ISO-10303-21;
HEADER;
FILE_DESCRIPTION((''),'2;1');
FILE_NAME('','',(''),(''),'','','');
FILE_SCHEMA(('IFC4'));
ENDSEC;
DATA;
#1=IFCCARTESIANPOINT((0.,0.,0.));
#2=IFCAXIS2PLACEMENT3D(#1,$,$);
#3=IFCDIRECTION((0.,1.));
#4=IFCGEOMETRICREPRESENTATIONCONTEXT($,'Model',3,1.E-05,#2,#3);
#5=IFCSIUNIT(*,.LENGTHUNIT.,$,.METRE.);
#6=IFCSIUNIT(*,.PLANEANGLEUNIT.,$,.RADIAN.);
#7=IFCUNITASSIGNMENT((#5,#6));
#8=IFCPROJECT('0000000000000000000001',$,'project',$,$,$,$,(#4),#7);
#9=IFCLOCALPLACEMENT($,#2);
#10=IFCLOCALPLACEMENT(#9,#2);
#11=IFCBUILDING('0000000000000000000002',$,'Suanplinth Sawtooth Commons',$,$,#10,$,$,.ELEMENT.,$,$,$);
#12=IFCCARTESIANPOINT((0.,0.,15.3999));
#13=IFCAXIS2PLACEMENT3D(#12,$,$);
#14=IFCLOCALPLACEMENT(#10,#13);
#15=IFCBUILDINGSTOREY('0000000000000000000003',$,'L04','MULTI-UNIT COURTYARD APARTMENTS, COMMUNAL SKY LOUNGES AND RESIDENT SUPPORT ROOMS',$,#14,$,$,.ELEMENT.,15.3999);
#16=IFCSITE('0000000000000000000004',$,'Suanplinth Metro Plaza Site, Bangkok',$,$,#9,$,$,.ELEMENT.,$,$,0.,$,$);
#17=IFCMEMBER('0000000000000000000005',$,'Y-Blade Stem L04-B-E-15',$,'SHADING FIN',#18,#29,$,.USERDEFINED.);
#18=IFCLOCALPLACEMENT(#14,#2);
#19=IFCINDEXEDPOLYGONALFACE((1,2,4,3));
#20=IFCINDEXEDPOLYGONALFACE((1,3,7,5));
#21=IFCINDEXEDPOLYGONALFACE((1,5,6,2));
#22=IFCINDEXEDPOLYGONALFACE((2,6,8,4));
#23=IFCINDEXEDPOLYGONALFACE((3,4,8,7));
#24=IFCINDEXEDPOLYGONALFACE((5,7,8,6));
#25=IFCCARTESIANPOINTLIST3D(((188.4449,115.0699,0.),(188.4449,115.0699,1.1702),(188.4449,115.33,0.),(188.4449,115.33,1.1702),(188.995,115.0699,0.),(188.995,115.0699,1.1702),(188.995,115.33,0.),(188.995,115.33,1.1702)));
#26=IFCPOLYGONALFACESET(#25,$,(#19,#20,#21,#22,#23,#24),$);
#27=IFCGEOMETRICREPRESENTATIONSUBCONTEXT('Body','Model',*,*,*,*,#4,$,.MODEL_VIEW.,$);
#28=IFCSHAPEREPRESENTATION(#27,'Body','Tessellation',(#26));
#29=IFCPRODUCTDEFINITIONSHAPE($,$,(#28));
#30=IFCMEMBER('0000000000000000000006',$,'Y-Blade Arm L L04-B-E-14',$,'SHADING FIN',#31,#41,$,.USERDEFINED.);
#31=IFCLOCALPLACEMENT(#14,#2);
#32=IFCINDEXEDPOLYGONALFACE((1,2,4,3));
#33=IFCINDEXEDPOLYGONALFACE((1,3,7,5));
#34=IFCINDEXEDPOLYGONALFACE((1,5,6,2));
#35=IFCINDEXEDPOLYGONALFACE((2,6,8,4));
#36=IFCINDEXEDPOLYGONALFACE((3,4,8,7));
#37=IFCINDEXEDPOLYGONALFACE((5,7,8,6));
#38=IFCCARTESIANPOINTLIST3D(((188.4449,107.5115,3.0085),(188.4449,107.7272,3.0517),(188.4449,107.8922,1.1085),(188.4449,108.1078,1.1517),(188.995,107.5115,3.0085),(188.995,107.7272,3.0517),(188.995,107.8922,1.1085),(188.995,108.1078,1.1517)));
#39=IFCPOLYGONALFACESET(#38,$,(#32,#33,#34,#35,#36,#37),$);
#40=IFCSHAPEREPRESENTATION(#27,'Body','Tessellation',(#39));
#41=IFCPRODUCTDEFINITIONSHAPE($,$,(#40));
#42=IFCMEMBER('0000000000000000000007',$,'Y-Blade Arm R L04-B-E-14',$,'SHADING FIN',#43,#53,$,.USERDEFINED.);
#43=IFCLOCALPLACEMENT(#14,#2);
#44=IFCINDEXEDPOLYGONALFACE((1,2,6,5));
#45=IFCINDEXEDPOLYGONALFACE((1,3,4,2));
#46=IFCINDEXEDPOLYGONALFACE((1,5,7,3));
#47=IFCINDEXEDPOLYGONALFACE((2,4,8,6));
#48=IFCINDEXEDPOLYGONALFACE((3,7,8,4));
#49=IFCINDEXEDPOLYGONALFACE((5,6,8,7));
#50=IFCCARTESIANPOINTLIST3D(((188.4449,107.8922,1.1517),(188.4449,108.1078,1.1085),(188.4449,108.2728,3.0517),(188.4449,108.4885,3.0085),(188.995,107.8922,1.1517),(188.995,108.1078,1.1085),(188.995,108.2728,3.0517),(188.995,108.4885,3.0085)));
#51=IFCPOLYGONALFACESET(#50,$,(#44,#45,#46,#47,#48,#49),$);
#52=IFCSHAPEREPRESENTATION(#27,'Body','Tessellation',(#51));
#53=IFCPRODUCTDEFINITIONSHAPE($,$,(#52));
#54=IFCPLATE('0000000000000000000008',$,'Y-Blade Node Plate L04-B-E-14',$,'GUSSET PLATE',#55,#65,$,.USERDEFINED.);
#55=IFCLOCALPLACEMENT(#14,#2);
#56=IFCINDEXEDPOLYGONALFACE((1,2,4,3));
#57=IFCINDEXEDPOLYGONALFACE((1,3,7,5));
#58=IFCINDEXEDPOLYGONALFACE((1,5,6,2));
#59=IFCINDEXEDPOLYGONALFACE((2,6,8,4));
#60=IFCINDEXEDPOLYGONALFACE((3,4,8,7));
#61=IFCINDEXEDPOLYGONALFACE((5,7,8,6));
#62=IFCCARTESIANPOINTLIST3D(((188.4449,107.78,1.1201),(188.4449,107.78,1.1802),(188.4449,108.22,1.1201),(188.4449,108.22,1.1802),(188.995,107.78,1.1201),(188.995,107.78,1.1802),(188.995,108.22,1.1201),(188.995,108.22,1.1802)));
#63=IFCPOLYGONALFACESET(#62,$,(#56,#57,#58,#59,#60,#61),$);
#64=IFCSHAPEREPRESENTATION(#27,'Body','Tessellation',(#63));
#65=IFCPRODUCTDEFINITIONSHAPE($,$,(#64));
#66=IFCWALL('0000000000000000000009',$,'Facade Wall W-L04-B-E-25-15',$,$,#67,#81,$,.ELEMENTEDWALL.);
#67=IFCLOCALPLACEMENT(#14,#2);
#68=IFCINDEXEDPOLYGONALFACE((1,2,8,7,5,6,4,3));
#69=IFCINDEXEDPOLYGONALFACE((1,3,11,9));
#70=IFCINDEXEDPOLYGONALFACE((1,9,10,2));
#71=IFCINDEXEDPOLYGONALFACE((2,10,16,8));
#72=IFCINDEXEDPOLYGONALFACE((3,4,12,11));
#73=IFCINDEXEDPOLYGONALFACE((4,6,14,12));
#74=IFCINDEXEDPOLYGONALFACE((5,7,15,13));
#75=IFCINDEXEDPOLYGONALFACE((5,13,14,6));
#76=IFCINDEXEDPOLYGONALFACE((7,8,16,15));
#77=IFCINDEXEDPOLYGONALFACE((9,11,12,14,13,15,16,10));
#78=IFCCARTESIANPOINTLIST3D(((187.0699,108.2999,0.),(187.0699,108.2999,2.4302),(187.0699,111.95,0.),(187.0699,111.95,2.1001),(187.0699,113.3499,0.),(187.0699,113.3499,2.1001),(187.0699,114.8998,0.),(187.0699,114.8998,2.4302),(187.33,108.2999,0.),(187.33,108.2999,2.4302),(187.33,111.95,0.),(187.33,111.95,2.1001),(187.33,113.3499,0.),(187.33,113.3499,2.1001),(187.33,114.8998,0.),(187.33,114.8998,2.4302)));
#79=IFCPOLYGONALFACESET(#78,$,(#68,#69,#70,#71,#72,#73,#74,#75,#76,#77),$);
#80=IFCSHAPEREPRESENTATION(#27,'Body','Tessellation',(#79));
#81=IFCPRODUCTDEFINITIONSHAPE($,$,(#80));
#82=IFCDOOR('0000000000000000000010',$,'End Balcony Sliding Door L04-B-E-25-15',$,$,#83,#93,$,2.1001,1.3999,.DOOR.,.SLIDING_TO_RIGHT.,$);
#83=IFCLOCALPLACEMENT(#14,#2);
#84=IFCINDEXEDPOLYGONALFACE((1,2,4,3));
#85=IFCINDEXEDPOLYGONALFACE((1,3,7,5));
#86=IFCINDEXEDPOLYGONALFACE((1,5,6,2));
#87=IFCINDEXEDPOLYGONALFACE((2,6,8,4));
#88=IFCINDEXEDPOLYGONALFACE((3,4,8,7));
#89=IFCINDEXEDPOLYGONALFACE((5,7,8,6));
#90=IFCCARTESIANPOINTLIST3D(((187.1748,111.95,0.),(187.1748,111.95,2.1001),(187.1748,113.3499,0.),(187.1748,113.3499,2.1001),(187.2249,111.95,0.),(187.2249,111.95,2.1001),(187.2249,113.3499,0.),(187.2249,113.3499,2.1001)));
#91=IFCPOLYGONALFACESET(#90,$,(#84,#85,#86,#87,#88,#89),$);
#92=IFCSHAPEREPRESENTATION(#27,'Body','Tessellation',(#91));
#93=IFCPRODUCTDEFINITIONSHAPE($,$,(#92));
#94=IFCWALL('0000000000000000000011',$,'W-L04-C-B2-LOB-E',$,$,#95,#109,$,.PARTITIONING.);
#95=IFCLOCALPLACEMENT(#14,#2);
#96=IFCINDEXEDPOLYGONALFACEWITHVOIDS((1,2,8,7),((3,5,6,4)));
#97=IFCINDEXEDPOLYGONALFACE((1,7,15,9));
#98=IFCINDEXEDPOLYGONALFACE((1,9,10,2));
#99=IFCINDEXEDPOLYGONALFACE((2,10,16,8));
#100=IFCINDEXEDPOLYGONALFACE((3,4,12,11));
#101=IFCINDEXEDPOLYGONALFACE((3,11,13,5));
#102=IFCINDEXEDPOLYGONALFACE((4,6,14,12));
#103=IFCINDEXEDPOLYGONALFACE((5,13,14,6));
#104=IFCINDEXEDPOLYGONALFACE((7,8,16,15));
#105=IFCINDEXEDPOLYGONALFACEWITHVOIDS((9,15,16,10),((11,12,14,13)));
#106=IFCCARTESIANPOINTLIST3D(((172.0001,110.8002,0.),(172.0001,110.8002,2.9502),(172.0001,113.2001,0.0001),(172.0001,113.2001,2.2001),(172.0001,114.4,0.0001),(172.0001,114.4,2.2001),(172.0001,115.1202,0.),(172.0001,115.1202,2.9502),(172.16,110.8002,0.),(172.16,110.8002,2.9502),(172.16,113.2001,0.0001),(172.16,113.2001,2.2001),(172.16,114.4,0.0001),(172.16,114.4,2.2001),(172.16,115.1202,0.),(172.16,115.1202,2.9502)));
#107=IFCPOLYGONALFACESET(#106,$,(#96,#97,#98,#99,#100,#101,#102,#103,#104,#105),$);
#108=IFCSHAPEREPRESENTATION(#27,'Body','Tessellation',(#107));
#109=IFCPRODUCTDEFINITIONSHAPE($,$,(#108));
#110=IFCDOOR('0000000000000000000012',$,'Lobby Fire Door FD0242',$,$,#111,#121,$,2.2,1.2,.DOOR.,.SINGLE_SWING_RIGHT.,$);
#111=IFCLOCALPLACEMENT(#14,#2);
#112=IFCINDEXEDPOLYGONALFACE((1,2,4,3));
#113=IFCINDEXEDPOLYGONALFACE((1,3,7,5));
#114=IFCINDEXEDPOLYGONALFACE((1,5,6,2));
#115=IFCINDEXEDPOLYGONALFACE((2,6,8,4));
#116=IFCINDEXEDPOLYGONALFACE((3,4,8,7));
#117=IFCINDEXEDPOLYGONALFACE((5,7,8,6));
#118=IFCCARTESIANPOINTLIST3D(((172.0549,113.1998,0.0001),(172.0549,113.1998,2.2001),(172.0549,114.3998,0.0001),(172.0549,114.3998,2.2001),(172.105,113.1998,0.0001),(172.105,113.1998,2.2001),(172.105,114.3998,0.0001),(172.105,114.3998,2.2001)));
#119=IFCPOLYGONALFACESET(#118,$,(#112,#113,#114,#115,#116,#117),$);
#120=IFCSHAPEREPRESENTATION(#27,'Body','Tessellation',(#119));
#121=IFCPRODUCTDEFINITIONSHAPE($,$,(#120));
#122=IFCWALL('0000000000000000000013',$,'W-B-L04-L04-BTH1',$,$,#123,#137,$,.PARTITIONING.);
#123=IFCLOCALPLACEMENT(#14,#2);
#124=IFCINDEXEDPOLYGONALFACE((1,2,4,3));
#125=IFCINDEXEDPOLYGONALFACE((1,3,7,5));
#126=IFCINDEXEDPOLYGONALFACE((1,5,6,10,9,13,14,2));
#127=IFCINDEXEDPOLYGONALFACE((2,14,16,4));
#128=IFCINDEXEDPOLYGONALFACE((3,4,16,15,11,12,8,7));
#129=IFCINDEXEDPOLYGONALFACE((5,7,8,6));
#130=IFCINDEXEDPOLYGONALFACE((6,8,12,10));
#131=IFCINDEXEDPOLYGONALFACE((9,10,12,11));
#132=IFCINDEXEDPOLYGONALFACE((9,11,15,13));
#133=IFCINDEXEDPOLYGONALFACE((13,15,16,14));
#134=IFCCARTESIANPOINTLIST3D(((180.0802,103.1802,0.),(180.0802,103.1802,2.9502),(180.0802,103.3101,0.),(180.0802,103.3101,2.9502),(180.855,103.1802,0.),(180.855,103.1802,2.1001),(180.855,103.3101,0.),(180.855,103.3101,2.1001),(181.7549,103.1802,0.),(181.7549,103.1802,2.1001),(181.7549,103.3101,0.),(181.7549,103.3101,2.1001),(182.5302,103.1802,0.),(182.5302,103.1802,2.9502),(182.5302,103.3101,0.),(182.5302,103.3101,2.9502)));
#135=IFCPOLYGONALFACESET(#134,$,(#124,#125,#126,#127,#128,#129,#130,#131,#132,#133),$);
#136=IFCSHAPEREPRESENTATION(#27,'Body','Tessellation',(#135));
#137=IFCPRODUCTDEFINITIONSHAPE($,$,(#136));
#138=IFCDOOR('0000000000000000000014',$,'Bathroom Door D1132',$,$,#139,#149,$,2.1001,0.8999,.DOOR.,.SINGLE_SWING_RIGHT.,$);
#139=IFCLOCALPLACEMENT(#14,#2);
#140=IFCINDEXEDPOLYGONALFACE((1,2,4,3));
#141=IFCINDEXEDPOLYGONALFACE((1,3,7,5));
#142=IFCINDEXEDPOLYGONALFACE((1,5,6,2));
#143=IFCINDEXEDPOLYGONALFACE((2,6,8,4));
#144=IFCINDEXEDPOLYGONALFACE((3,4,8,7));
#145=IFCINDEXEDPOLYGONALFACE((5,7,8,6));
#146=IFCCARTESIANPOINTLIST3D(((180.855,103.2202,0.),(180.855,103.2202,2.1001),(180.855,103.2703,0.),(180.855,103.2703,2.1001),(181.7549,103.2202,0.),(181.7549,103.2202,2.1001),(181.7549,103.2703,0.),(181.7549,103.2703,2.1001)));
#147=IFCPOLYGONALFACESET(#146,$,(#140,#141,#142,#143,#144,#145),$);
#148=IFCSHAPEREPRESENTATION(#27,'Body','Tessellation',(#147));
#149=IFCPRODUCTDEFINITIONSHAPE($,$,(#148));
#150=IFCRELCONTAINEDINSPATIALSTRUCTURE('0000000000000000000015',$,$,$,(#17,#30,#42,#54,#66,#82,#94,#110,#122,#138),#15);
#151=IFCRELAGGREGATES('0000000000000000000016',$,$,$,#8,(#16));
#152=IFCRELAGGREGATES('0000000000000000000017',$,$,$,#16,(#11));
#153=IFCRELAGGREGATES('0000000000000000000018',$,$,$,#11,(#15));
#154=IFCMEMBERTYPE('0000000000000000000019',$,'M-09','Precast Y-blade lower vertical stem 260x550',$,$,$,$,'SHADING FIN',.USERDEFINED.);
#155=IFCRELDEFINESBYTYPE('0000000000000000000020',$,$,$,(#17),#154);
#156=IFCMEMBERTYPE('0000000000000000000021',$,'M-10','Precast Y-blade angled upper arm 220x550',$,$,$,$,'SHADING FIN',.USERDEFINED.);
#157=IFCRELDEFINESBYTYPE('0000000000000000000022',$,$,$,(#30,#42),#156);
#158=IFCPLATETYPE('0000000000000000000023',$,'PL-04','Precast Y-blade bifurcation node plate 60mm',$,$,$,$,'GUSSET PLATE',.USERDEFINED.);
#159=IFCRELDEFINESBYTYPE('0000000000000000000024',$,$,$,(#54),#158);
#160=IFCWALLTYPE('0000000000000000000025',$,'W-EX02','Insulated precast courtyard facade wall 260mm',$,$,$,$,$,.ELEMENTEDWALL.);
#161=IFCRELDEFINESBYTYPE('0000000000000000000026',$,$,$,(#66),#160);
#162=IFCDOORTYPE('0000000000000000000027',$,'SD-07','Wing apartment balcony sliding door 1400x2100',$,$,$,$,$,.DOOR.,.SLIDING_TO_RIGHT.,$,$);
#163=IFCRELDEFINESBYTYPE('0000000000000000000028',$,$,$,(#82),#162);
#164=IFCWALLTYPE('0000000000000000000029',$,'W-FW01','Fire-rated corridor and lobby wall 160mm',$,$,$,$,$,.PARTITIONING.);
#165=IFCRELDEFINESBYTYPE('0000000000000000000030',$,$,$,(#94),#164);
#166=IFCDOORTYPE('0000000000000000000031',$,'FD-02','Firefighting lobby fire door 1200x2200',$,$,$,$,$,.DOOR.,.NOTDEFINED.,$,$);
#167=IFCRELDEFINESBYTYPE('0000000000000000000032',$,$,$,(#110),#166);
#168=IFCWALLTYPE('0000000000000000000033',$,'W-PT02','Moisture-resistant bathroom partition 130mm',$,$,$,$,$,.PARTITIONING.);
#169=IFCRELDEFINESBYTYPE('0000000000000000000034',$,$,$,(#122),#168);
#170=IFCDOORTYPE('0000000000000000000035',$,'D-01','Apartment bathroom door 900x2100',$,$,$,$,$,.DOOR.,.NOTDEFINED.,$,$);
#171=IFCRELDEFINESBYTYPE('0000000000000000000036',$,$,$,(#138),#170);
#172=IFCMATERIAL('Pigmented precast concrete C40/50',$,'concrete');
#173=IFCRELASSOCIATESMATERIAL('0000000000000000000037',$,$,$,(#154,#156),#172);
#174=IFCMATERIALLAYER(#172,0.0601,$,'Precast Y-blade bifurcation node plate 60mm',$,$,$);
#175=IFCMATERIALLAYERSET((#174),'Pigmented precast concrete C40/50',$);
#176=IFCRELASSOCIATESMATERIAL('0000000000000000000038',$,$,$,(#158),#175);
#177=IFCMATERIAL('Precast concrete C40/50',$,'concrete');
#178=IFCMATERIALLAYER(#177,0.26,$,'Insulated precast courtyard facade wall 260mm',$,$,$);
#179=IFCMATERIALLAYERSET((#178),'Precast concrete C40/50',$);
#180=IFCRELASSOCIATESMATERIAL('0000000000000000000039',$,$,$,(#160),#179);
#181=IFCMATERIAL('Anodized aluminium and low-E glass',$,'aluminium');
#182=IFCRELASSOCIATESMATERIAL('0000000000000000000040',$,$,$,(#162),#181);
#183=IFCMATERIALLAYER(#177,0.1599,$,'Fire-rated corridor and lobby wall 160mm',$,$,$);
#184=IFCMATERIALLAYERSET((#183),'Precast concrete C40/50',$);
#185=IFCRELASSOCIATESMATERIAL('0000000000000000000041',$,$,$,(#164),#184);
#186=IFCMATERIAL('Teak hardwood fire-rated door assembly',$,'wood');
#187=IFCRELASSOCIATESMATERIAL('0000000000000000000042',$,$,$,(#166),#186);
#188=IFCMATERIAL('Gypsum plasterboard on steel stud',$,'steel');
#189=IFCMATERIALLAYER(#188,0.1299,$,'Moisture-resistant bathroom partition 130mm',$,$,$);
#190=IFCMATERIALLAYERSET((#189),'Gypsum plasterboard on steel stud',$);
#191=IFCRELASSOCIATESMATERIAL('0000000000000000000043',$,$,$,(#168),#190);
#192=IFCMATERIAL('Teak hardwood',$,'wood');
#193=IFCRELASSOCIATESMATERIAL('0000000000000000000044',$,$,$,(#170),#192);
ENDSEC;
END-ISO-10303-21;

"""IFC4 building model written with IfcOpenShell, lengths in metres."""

from ifc_helpers import new_model, si_unit, direction, frame, frame_2d, origin, origin_2d, place, context, subcontext, project, spatial, rectangle, extrude, material, layer, layer_set, material_profile, profile_set, type_object, element, fill, save


model = new_model("IFC4")

# Units and contexts
model_context = context("Model", 3, precision=1e-05, world=origin(), true_north=direction((0.0, 1.0)))
body_context = subcontext(model_context, "Body", "Model", "MODEL_VIEW")
ifc_project = project(units=[si_unit("LENGTHUNIT", "METRE"), si_unit("PLANEANGLEUNIT", "RADIAN")], contexts=[model_context])

# Site, building, storey
site_placement = place(None, origin())
site = spatial("IfcSite", under=ifc_project, at=site_placement, Name="Suanplinth Metro Plaza Site, Bangkok", CompositionType="ELEMENT", RefElevation=0.0)
building_placement = place(site_placement, origin())
building = spatial("IfcBuilding", under=site, at=building_placement, Name="Suanplinth Sawtooth Commons", CompositionType="ELEMENT")
storey_placement = place(building_placement, frame((0.0, 0.0, 15.3999)))
storey = spatial("IfcBuildingStorey", under=building, at=storey_placement, Name="L04", Description="MULTI-UNIT COURTYARD APARTMENTS, COMMUNAL SKY LOUNGES AND RESIDENT SUPPORT ROOMS", CompositionType="ELEMENT", Elevation=15.3999)

# Shared definitions
ifc_material_1 = material(Name="Precast concrete C40/50", Category="concrete")

# Members
ifc_material_2 = material(Name="Pigmented precast concrete C40/50", Category="concrete")
ifc_material_profile_1 = material_profile(ifc_material_2, rectangle(XDim=0.26, YDim=0.55, at=origin_2d()), Name="PC-FIN 260x550")
ifc_profile_set_1 = profile_set([ifc_material_profile_1], Name="Pigmented precast concrete C40/50")
member_type_1 = type_object("IfcMemberType", Name="M-09", Description="Precast Y-blade lower vertical stem 260x550", ElementType="SHADING FIN", PredefinedType="USERDEFINED", material=ifc_profile_set_1)
for number, where, z_axis, x_axis, name in (
    (1, (188.72, 115.2, 0.0), (0.0, 0.0, 1.0), (0.0, 1.0, 0.0), "Y-Blade Stem L04-B-E-15"),
):
    element("IfcMember", number, at=place(storey_placement, frame(where, z_axis=z_axis, x_axis=x_axis)), inside=storey, type_object=member_type_1, Name=name, ObjectType="SHADING FIN", PredefinedType="USERDEFINED", context=body_context, shape_type="SweptSolid", body=[
        extrude(rectangle(XDim=0.26, YDim=0.55, at=origin_2d()), origin(), (0.0, 0.0, 1.0), 1.1702),
    ])
ifc_material_profile_2 = material_profile(ifc_material_2, rectangle(XDim=0.22, YDim=0.55, at=origin_2d()), Name="PC-FIN 220x550")
ifc_profile_set_2 = profile_set([ifc_material_profile_2], Name="Pigmented precast concrete C40/50")
member_type_2 = type_object("IfcMemberType", Name="M-10", Description="Precast Y-blade angled upper arm 220x550", ElementType="SHADING FIN", PredefinedType="USERDEFINED", material=ifc_profile_set_2)
for number, where, z_axis, x_axis, name in (
    (2, (188.72, 108.0, 1.1301), (0.0, -0.196431, 0.980518), (0.0, 0.980518, 0.196431), "Y-Blade Arm L L04-B-E-14"),
    (3, (188.72, 108.0, 1.1301), (0.0, 0.196431, 0.980518), (0.0, -0.980518, 0.196431), "Y-Blade Arm R L04-B-E-14"),
):
    element("IfcMember", number, at=place(storey_placement, frame(where, z_axis=z_axis, x_axis=x_axis)), inside=storey, type_object=member_type_2, Name=name, ObjectType="SHADING FIN", PredefinedType="USERDEFINED", context=body_context, shape_type="SweptSolid", body=[
        extrude(rectangle(XDim=0.22, YDim=0.55, at=origin_2d()), origin(), (0.0, 0.0, 1.0), 1.9377),
    ])

# Plate
ifc_layer_1 = layer(ifc_material_2, 0.0601, Name="Precast Y-blade bifurcation node plate 60mm")
ifc_layer_set_1 = layer_set([ifc_layer_1], Name="Pigmented precast concrete C40/50")
plate_type = type_object("IfcPlateType", Name="PL-04", Description="Precast Y-blade bifurcation node plate 60mm", ElementType="GUSSET PLATE", PredefinedType="USERDEFINED", material=ifc_layer_set_1)
plate_placement = place(storey_placement, frame((188.72, 108.0, 1.1201), z_axis=(0.0, 0.0, 1.0), x_axis=(0.0, 1.0, 0.0)))
element("IfcPlate", 4, at=plate_placement, inside=storey, type_object=plate_type, Name="Y-Blade Node Plate L04-B-E-14", ObjectType="GUSSET PLATE", PredefinedType="USERDEFINED", context=body_context, shape_type="SweptSolid", body=[
    extrude(rectangle(XDim=0.4399, YDim=0.55, at=origin_2d()), origin(), (0.0, 0.0, 1.0), 0.0601),
])

# Walls, openings, doors
ifc_layer_2 = layer(ifc_material_1, 0.26, Name="Insulated precast courtyard facade wall 260mm")
ifc_layer_set_2 = layer_set([ifc_layer_2], Name="Precast concrete C40/50")
wall_type_1 = type_object("IfcWallType", Name="W-EX02", Description="Insulated precast courtyard facade wall 260mm", PredefinedType="ELEMENTEDWALL", material=ifc_layer_set_2)
wall_1_placement = place(storey_placement, frame((187.2, 108.3, 0.0), z_axis=(0.0, 0.0, 1.0), x_axis=(0.0, 1.0, 0.0)))
wall_1 = element("IfcWall", 5, at=wall_1_placement, inside=storey, type_object=wall_type_1, Name="Facade Wall W-L04-B-E-25-15", PredefinedType="ELEMENTEDWALL", context=body_context, shape_type="SweptSolid", body=[
    extrude(rectangle(XDim=6.5999, YDim=0.26, at=frame_2d((3.2998, 0.0))), origin(), (0.0, 0.0, 1.0), 2.4302),
])
opening_1_placement = place(wall_1_placement, frame((3.6499, 0.0, 0.0)))
opening_1 = element("IfcOpeningElement", 6, at=opening_1_placement, cuts=wall_1, PredefinedType="OPENING", context=body_context, shape_type="SweptSolid", body=[
    extrude(rectangle(XDim=1.3999, YDim=2.1001, at=frame_2d((0.7, 1.05))), frame((0.0, 0.145, 0.0), z_axis=(0.0, -1.0, 0.0), x_axis=(1.0, 0.0, 0.0)), (0.0, 0.0, 1.0), 0.2898),
])
ifc_material_3 = material(Name="Anodized aluminium and low-E glass", Category="aluminium")
door_type_1 = type_object("IfcDoorType", Name="SD-07", Description="Wing apartment balcony sliding door 1400x2100", OperationType="SLIDING_TO_RIGHT", PredefinedType="DOOR", material=ifc_material_3)
door_1_placement = place(opening_1_placement, frame((1.3999, 0.0, 0.0), z_axis=(0.0, 0.0, 1.0), x_axis=(-1.0, 0.0, 0.0)))
door_1 = element("IfcDoor", 7, at=door_1_placement, inside=storey, type_object=door_type_1, Name="End Balcony Sliding Door L04-B-E-25-15", OperationType="SLIDING_TO_RIGHT", OverallHeight=2.1001, OverallWidth=1.3999, PredefinedType="DOOR", context=body_context, shape_type="SweptSolid", body=[
    extrude(rectangle(XDim=1.3999, YDim=2.1001, at=frame_2d((0.7, 1.05))), frame((0.0, 0.0249, 0.0), z_axis=(0.0, -1.0, 0.0), x_axis=(1.0, 0.0, 0.0)), (0.0, 0.0, 1.0), 0.05),
])
fill(opening_1, door_1)
ifc_layer_3 = layer(ifc_material_1, 0.1599, Name="Fire-rated corridor and lobby wall 160mm")
ifc_layer_set_3 = layer_set([ifc_layer_3], Name="Precast concrete C40/50")
wall_type_2 = type_object("IfcWallType", Name="W-FW01", Description="Fire-rated corridor and lobby wall 160mm", PredefinedType="PARTITIONING", material=ifc_layer_set_3)
wall_2_placement = place(storey_placement, frame((172.0801, 110.8, 0.0), z_axis=(0.0, 0.0, 1.0), x_axis=(0.0, 1.0, 0.0)))
wall_2 = element("IfcWall", 8, at=wall_2_placement, inside=storey, type_object=wall_type_2, Name="W-L04-C-B2-LOB-E", PredefinedType="PARTITIONING", context=body_context, shape_type="SweptSolid", body=[
    extrude(rectangle(XDim=4.3201, YDim=0.1599, at=frame_2d((2.1602, 0.0))), origin(), (0.0, 0.0, 1.0), 2.9502),
])
opening_2_placement = place(wall_2_placement, frame((2.3999, 0.0, 0.0)))
opening_2 = element("IfcOpeningElement", 9, at=opening_2_placement, cuts=wall_2, PredefinedType="OPENING", context=body_context, shape_type="SweptSolid", body=[
    extrude(rectangle(XDim=1.2, YDim=2.2, at=frame_2d((0.6001, 1.1001))), frame((0.0, 0.0947, 0.0), z_axis=(0.0, -1.0, 0.0), x_axis=(1.0, 0.0, 0.0)), (0.0, 0.0, 1.0), 0.1897),
])
ifc_material_4 = material(Name="Teak hardwood fire-rated door assembly", Category="wood")
door_type_2 = type_object("IfcDoorType", Name="FD-02", Description="Firefighting lobby fire door 1200x2200", OperationType="NOTDEFINED", PredefinedType="DOOR", material=ifc_material_4)
door_2_placement = place(opening_2_placement, frame((1.2, 0.0, 0.0), z_axis=(0.0, 0.0, 1.0), x_axis=(-1.0, 0.0, 0.0)))
door_2 = element("IfcDoor", 10, at=door_2_placement, inside=storey, type_object=door_type_2, Name="Lobby Fire Door FD0242", OperationType="SINGLE_SWING_RIGHT", OverallHeight=2.2, OverallWidth=1.2, PredefinedType="DOOR", context=body_context, shape_type="SweptSolid", body=[
    extrude(rectangle(XDim=1.2, YDim=2.2, at=frame_2d((0.6001, 1.1001))), frame((0.0, 0.0249, 0.0), z_axis=(0.0, -1.0, 0.0), x_axis=(1.0, 0.0, 0.0)), (0.0, 0.0, 1.0), 0.05),
])
fill(opening_2, door_2)
ifc_material_5 = material(Name="Gypsum plasterboard on steel stud", Category="steel")
ifc_layer_4 = layer(ifc_material_5, 0.1299, Name="Moisture-resistant bathroom partition 130mm")
ifc_layer_set_4 = layer_set([ifc_layer_4], Name="Gypsum plasterboard on steel stud")
wall_type_3 = type_object("IfcWallType", Name="W-PT02", Description="Moisture-resistant bathroom partition 130mm", PredefinedType="PARTITIONING", material=ifc_layer_set_4)
wall_3_placement = place(storey_placement, frame((180.0801, 103.2451, 0.0), z_axis=(0.0, 0.0, 1.0), x_axis=(1.0, 0.0, 0.0)))
wall_3 = element("IfcWall", 11, at=wall_3_placement, inside=storey, type_object=wall_type_3, Name="W-B-L04-L04-BTH1", PredefinedType="PARTITIONING", context=body_context, shape_type="SweptSolid", body=[
    extrude(rectangle(XDim=2.45, YDim=0.1299, at=frame_2d((1.2251, 0.0))), origin(), (0.0, 0.0, 1.0), 2.9502),
])
opening_3_placement = place(wall_3_placement, frame((0.7749, 0.0, 0.0)))
opening_3 = element("IfcOpeningElement", 12, at=opening_3_placement, cuts=wall_3, PredefinedType="OPENING", context=body_context, shape_type="SweptSolid", body=[
    extrude(rectangle(XDim=0.8999, YDim=2.1001, at=frame_2d((0.45, 1.05))), frame((0.0, 0.0798, 0.0), z_axis=(0.0, -1.0, 0.0), x_axis=(1.0, 0.0, 0.0)), (0.0, 0.0, 1.0), 0.1597),
])
ifc_material_6 = material(Name="Teak hardwood", Category="wood")
door_type_3 = type_object("IfcDoorType", Name="D-01", Description="Apartment bathroom door 900x2100", OperationType="NOTDEFINED", PredefinedType="DOOR", material=ifc_material_6)
door_3_placement = place(opening_3_placement, frame((0.8999, 0.0, 0.0), z_axis=(0.0, 0.0, 1.0), x_axis=(-1.0, 0.0, 0.0)))
door_3 = element("IfcDoor", 13, at=door_3_placement, inside=storey, type_object=door_type_3, Name="Bathroom Door D1132", OperationType="SINGLE_SWING_RIGHT", OverallHeight=2.1001, OverallWidth=0.8999, PredefinedType="DOOR", context=body_context, shape_type="SweptSolid", body=[
    extrude(rectangle(XDim=0.8999, YDim=2.1001, at=frame_2d((0.45, 1.05))), frame((0.0, 0.0249, 0.0), z_axis=(0.0, -1.0, 0.0), x_axis=(1.0, 0.0, 0.0)), (0.0, 0.0, 1.0), 0.05),
])
fill(opening_3, door_3)

save(model, "model.ifc")
